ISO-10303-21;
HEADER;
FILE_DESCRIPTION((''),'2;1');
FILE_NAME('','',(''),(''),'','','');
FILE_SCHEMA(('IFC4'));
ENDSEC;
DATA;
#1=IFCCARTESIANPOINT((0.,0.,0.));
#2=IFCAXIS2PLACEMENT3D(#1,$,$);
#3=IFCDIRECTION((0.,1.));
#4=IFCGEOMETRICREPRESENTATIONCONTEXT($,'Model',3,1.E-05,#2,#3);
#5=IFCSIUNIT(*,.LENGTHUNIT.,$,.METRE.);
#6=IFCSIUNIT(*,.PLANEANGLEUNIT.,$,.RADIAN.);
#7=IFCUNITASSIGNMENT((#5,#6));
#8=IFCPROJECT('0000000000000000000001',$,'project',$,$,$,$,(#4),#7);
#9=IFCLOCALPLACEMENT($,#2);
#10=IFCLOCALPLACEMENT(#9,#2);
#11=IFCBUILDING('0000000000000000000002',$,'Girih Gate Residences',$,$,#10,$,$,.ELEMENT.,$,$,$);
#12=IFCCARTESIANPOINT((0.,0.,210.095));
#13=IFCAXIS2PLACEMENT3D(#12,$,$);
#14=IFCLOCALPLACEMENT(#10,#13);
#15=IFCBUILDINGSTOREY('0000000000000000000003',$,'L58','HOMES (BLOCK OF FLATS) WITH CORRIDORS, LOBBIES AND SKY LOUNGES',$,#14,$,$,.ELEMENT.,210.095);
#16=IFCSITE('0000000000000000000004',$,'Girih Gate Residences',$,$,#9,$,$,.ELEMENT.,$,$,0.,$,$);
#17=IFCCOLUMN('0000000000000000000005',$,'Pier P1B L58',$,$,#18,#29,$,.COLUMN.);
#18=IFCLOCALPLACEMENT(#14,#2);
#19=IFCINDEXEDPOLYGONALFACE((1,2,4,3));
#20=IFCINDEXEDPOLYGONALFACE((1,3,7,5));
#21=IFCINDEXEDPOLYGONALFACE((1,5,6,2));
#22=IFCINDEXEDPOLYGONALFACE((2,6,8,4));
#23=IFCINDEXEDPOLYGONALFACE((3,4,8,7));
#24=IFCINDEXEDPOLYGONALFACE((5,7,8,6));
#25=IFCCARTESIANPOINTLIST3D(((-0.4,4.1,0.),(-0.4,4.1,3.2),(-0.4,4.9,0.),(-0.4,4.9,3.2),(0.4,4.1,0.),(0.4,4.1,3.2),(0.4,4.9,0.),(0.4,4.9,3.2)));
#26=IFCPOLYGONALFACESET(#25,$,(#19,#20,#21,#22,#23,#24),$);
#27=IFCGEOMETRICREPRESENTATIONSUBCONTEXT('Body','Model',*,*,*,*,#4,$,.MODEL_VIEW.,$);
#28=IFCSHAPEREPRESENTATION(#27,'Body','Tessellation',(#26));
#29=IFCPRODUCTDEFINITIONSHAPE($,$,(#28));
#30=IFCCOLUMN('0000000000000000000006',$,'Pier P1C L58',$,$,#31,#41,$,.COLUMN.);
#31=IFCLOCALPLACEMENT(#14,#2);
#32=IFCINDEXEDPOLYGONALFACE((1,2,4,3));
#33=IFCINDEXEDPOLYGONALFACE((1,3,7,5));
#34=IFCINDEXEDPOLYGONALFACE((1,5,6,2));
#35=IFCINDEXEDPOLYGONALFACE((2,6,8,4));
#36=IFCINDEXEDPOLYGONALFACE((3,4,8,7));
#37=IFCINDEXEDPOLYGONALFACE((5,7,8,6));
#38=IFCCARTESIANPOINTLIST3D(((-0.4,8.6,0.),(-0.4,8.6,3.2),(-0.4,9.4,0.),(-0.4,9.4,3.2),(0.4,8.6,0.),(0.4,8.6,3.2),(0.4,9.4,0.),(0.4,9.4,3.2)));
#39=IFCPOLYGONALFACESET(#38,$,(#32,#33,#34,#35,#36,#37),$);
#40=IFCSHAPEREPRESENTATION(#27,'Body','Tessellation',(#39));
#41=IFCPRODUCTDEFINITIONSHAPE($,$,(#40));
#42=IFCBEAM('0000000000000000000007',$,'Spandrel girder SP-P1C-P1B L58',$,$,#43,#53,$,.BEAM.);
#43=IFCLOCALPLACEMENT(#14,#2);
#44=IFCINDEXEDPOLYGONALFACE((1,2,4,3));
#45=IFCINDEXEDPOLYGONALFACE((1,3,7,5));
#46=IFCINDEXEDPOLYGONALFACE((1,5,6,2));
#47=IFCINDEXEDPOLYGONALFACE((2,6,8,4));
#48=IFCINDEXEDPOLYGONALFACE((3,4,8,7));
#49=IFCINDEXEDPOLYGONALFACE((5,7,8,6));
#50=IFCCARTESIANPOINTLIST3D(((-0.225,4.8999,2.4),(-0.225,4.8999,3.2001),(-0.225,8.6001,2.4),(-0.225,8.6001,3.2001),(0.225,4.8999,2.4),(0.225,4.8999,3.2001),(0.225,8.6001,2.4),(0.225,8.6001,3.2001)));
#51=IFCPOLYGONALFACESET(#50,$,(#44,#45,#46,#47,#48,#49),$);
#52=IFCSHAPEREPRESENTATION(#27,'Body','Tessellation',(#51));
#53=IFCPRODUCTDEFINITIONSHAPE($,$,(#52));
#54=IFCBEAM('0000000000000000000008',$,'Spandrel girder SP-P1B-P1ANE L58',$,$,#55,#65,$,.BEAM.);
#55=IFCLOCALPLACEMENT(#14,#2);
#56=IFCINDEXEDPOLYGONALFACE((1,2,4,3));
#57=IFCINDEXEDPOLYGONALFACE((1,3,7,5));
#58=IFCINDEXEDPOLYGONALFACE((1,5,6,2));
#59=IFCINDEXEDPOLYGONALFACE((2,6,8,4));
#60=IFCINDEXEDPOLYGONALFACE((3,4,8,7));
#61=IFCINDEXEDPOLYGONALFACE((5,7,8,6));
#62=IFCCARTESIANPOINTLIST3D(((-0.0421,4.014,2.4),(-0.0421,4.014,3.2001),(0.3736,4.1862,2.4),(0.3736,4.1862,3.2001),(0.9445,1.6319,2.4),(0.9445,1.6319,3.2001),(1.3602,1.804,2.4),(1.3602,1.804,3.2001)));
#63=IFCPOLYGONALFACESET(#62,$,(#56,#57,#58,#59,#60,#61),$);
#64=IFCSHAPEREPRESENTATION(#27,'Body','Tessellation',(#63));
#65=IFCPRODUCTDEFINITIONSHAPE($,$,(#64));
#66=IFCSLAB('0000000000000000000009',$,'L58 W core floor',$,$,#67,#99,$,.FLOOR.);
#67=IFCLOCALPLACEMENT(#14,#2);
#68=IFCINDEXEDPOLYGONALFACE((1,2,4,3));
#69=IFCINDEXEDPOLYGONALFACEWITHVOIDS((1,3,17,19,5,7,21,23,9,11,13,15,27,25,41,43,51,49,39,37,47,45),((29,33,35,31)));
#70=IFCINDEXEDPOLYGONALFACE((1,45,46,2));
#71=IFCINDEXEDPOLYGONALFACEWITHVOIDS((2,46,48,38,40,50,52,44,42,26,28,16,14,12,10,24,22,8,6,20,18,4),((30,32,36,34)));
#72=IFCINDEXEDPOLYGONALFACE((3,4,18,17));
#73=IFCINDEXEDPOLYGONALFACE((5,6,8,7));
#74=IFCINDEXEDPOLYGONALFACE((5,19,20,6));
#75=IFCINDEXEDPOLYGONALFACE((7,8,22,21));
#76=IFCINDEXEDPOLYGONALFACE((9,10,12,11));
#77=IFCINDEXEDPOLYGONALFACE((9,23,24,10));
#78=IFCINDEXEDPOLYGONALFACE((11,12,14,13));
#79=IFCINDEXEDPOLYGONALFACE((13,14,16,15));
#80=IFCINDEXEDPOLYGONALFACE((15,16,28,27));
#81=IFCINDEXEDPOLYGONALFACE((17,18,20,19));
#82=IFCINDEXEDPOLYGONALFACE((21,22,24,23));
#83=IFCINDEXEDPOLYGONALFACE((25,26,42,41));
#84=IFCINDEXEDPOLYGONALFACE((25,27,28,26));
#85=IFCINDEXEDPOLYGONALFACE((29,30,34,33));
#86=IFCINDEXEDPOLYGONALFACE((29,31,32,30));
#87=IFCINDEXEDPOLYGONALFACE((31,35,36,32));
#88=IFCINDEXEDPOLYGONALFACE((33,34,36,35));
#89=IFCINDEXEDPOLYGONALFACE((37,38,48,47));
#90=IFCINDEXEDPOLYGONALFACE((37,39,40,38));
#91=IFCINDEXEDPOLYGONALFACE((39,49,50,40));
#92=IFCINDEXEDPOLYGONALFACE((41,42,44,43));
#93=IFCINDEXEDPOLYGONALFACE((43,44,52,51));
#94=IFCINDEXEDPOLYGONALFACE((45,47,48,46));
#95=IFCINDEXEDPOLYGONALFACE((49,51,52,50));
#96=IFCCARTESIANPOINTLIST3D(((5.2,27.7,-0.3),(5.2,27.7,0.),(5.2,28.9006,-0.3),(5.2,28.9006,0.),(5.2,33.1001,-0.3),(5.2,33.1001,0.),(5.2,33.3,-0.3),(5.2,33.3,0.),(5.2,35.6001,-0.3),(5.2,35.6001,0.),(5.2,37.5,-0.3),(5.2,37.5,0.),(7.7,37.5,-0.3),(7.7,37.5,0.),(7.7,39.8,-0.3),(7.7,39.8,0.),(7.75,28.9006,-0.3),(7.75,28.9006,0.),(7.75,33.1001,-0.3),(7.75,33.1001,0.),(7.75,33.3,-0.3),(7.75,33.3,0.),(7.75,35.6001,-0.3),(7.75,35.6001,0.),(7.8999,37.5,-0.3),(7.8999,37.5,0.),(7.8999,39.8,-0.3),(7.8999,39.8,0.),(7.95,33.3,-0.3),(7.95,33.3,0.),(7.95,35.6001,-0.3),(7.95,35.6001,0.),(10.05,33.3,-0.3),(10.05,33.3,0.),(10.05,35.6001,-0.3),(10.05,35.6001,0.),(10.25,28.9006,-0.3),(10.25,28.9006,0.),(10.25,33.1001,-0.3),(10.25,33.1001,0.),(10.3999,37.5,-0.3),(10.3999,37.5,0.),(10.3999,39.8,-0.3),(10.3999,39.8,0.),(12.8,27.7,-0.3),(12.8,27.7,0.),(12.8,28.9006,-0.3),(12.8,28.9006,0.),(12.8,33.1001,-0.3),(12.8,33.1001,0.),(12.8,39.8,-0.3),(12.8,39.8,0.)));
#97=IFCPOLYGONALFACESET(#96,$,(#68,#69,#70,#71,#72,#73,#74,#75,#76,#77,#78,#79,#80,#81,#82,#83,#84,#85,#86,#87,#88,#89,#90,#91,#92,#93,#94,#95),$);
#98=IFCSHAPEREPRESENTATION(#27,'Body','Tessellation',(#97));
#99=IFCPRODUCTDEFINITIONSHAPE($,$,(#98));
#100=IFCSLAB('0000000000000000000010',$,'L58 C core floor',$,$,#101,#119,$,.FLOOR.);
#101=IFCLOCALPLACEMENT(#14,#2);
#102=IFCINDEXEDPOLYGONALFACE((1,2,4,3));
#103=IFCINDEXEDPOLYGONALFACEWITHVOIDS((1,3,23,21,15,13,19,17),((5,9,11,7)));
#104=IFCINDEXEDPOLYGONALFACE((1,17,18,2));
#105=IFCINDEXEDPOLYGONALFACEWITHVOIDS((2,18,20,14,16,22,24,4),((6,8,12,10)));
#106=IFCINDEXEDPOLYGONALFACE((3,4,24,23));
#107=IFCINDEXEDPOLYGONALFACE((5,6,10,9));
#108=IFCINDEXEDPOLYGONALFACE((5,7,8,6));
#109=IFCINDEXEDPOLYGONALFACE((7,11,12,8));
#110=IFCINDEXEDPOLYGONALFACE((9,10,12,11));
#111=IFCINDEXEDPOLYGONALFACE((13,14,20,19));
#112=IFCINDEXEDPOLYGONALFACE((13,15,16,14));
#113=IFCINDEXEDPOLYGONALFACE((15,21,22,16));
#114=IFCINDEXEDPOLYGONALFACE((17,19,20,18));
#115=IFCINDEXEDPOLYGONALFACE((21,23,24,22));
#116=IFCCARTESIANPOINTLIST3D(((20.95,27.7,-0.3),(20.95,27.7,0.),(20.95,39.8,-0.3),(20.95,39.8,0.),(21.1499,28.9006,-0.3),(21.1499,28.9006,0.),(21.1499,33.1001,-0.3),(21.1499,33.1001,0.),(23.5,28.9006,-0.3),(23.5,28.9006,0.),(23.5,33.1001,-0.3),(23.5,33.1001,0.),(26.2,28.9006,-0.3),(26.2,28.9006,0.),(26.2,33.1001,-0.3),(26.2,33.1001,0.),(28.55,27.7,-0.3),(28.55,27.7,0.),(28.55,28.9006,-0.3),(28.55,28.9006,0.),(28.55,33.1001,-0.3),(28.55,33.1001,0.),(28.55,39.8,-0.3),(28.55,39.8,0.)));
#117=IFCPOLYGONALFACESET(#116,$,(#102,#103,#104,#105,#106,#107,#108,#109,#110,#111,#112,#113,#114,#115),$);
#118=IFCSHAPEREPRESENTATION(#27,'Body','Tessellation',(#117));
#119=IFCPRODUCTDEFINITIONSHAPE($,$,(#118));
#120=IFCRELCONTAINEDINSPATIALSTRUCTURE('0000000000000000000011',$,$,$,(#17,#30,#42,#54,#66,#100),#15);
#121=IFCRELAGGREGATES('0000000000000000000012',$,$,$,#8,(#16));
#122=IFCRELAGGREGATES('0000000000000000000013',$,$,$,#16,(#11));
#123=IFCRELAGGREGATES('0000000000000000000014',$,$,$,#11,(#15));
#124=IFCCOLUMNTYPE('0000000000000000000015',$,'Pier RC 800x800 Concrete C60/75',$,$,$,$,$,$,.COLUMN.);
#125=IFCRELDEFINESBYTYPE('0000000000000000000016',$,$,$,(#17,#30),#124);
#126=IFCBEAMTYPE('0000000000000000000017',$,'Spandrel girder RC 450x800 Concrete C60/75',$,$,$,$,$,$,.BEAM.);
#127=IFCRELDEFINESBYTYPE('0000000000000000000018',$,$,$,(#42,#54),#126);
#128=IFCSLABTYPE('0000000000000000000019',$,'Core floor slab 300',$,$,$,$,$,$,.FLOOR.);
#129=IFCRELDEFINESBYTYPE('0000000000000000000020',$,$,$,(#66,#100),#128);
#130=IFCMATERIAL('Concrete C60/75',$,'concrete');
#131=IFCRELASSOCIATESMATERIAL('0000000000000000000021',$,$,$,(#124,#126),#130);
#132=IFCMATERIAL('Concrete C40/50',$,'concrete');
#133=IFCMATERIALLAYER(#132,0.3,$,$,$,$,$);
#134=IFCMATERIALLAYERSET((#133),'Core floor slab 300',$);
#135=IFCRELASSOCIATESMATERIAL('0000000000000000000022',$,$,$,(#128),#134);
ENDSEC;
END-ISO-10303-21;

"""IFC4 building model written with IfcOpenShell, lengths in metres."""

from ifc_helpers import new_model, si_unit, direction, frame, origin, origin_2d, place, context, subcontext, project, spatial, polyline, rectangle, outline, extrude, material, layer, layer_set, material_profile, profile_set, type_object, element, save


model = new_model("IFC4")

# Units and contexts
model_context = context("Model", 3, precision=1e-05, world=origin(), true_north=direction((0.0, 1.0)))
body_context = subcontext(model_context, "Body", "Model", "MODEL_VIEW")
ifc_project = project(units=[si_unit("LENGTHUNIT", "METRE"), si_unit("PLANEANGLEUNIT", "RADIAN")], contexts=[model_context])

# Site, building, storey
site_placement = place(None, origin())
site = spatial("IfcSite", under=ifc_project, at=site_placement, Name="Girih Gate Residences", CompositionType="ELEMENT", RefElevation=0.0)
building_placement = place(site_placement, origin())
building = spatial("IfcBuilding", under=site, at=building_placement, Name="Girih Gate Residences", CompositionType="ELEMENT")
storey_placement = place(building_placement, frame((0.0, 0.0, 210.095)))
storey = spatial("IfcBuildingStorey", under=building, at=storey_placement, Name="L58", Description="HOMES (BLOCK OF FLATS) WITH CORRIDORS, LOBBIES AND SKY LOUNGES", CompositionType="ELEMENT", Elevation=210.095)

# Columns
ifc_material_1 = material(Name="Concrete C60/75", Category="concrete")
ifc_material_profile_1 = material_profile(ifc_material_1, rectangle(XDim=0.8, YDim=0.8, at=origin_2d()))
ifc_profile_set_1 = profile_set([ifc_material_profile_1], Name="Concrete C60/75")
column_type = type_object("IfcColumnType", Name="Pier RC 800x800 Concrete C60/75", PredefinedType="COLUMN", material=ifc_profile_set_1)
for number, where, z_axis, x_axis, name in (
    (1, (0.0, 4.5, 0.0), (0.0, 0.0, 1.0), (1.0, 0.0, 0.0), "Pier P1B L58"),
    (2, (0.0, 9.0, 0.0), (0.0, 0.0, 1.0), (1.0, 0.0, 0.0), "Pier P1C L58"),
):
    element("IfcColumn", number, at=place(storey_placement, frame(where, z_axis=z_axis, x_axis=x_axis)), inside=storey, type_object=column_type, Name=name, PredefinedType="COLUMN", context=body_context, shape_type="SweptSolid", body=[
        extrude(rectangle(XDim=0.8, YDim=0.8, at=origin_2d()), origin(), (0.0, 0.0, 1.0), 3.2),
    ])

# Beams
ifc_material_profile_2 = material_profile(ifc_material_1, rectangle(XDim=0.45, YDim=0.8, at=origin_2d()))
ifc_profile_set_2 = profile_set([ifc_material_profile_2], Name="Concrete C60/75")
beam_type = type_object("IfcBeamType", Name="Spandrel girder RC 450x800 Concrete C60/75", PredefinedType="BEAM", material=ifc_profile_set_2)
beam_1_placement = place(storey_placement, frame((0.0, 8.6001, 2.8), z_axis=(0.0, -1.0, 0.0), x_axis=(1.0, 0.0, 0.0)))
element("IfcBeam", 3, at=beam_1_placement, inside=storey, type_object=beam_type, Name="Spandrel girder SP-P1C-P1B L58", PredefinedType="BEAM", context=body_context, shape_type="SweptSolid", body=[
    extrude(rectangle(XDim=0.45, YDim=0.8, at=origin_2d()), origin(), (0.0, 0.0, 1.0), 3.7002),
])
beam_2_placement = place(storey_placement, frame((0.1658, 4.1001, 2.8), z_axis=(0.382644, -0.923896, 0.0), x_axis=(0.923896, 0.382644, 0.0)))
element("IfcBeam", 4, at=beam_2_placement, inside=storey, type_object=beam_type, Name="Spandrel girder SP-P1B-P1ANE L58", PredefinedType="BEAM", context=body_context, shape_type="SweptSolid", body=[
    extrude(rectangle(XDim=0.45, YDim=0.8, at=origin_2d()), origin(), (0.0, 0.0, 1.0), 2.5784),
])

# Slabs
ifc_material_2 = material(Name="Concrete C40/50", Category="concrete")
ifc_layer_1 = layer(ifc_material_2, 0.3)
ifc_layer_set_1 = layer_set([ifc_layer_1], Name="Core floor slab 300")
slab_type_1 = type_object("IfcSlabType", Name="Core floor slab 300", PredefinedType="FLOOR", material=ifc_layer_set_1)
slab_1_placement = place(storey_placement, frame((0.0, 0.0, -0.3)))
element("IfcSlab", 5, at=slab_1_placement, inside=storey, type_object=slab_type_1, Name="L58 W core floor", PredefinedType="FLOOR", context=body_context, shape_type="SweptSolid", body=[
    extrude(outline(polyline([(12.8, 27.7), (5.2, 27.7), (5.2, 28.9006), (7.75, 28.9006), (7.75, 33.1001), (5.2, 33.1001), (5.2, 33.3), (7.75, 33.3), (7.75, 35.6001), (5.2, 35.6001), (5.2, 37.5), (7.7, 37.5), (7.7, 39.8), (7.8999, 39.8), (7.8999, 37.5), (10.3999, 37.5), (10.3999, 39.8), (12.8, 39.8), (12.8, 33.1001), (10.25, 33.1001), (10.25, 28.9006), (12.8, 28.9006), (12.8, 27.7)]), holes=[polyline([(7.95, 33.3), (10.05, 33.3), (10.05, 35.6001), (7.95, 35.6001), (7.95, 33.3)])]), origin(), (0.0, 0.0, 1.0), 0.3),
])
slab_2_placement = place(storey_placement, frame((0.0, 0.0, -0.3)))
element("IfcSlab", 6, at=slab_2_placement, inside=storey, type_object=slab_type_1, Name="L58 C core floor", PredefinedType="FLOOR", context=body_context, shape_type="SweptSolid", body=[
    extrude(outline(polyline([(28.55, 27.7), (20.95, 27.7), (20.95, 39.8), (28.55, 39.8), (28.55, 33.1001), (26.2, 33.1001), (26.2, 28.9006), (28.55, 28.9006), (28.55, 27.7)]), holes=[polyline([(23.5, 28.9006), (23.5, 33.1001), (21.1499, 33.1001), (21.1499, 28.9006), (23.5, 28.9006)])]), origin(), (0.0, 0.0, 1.0), 0.3),
])

save(model, "model.ifc")
